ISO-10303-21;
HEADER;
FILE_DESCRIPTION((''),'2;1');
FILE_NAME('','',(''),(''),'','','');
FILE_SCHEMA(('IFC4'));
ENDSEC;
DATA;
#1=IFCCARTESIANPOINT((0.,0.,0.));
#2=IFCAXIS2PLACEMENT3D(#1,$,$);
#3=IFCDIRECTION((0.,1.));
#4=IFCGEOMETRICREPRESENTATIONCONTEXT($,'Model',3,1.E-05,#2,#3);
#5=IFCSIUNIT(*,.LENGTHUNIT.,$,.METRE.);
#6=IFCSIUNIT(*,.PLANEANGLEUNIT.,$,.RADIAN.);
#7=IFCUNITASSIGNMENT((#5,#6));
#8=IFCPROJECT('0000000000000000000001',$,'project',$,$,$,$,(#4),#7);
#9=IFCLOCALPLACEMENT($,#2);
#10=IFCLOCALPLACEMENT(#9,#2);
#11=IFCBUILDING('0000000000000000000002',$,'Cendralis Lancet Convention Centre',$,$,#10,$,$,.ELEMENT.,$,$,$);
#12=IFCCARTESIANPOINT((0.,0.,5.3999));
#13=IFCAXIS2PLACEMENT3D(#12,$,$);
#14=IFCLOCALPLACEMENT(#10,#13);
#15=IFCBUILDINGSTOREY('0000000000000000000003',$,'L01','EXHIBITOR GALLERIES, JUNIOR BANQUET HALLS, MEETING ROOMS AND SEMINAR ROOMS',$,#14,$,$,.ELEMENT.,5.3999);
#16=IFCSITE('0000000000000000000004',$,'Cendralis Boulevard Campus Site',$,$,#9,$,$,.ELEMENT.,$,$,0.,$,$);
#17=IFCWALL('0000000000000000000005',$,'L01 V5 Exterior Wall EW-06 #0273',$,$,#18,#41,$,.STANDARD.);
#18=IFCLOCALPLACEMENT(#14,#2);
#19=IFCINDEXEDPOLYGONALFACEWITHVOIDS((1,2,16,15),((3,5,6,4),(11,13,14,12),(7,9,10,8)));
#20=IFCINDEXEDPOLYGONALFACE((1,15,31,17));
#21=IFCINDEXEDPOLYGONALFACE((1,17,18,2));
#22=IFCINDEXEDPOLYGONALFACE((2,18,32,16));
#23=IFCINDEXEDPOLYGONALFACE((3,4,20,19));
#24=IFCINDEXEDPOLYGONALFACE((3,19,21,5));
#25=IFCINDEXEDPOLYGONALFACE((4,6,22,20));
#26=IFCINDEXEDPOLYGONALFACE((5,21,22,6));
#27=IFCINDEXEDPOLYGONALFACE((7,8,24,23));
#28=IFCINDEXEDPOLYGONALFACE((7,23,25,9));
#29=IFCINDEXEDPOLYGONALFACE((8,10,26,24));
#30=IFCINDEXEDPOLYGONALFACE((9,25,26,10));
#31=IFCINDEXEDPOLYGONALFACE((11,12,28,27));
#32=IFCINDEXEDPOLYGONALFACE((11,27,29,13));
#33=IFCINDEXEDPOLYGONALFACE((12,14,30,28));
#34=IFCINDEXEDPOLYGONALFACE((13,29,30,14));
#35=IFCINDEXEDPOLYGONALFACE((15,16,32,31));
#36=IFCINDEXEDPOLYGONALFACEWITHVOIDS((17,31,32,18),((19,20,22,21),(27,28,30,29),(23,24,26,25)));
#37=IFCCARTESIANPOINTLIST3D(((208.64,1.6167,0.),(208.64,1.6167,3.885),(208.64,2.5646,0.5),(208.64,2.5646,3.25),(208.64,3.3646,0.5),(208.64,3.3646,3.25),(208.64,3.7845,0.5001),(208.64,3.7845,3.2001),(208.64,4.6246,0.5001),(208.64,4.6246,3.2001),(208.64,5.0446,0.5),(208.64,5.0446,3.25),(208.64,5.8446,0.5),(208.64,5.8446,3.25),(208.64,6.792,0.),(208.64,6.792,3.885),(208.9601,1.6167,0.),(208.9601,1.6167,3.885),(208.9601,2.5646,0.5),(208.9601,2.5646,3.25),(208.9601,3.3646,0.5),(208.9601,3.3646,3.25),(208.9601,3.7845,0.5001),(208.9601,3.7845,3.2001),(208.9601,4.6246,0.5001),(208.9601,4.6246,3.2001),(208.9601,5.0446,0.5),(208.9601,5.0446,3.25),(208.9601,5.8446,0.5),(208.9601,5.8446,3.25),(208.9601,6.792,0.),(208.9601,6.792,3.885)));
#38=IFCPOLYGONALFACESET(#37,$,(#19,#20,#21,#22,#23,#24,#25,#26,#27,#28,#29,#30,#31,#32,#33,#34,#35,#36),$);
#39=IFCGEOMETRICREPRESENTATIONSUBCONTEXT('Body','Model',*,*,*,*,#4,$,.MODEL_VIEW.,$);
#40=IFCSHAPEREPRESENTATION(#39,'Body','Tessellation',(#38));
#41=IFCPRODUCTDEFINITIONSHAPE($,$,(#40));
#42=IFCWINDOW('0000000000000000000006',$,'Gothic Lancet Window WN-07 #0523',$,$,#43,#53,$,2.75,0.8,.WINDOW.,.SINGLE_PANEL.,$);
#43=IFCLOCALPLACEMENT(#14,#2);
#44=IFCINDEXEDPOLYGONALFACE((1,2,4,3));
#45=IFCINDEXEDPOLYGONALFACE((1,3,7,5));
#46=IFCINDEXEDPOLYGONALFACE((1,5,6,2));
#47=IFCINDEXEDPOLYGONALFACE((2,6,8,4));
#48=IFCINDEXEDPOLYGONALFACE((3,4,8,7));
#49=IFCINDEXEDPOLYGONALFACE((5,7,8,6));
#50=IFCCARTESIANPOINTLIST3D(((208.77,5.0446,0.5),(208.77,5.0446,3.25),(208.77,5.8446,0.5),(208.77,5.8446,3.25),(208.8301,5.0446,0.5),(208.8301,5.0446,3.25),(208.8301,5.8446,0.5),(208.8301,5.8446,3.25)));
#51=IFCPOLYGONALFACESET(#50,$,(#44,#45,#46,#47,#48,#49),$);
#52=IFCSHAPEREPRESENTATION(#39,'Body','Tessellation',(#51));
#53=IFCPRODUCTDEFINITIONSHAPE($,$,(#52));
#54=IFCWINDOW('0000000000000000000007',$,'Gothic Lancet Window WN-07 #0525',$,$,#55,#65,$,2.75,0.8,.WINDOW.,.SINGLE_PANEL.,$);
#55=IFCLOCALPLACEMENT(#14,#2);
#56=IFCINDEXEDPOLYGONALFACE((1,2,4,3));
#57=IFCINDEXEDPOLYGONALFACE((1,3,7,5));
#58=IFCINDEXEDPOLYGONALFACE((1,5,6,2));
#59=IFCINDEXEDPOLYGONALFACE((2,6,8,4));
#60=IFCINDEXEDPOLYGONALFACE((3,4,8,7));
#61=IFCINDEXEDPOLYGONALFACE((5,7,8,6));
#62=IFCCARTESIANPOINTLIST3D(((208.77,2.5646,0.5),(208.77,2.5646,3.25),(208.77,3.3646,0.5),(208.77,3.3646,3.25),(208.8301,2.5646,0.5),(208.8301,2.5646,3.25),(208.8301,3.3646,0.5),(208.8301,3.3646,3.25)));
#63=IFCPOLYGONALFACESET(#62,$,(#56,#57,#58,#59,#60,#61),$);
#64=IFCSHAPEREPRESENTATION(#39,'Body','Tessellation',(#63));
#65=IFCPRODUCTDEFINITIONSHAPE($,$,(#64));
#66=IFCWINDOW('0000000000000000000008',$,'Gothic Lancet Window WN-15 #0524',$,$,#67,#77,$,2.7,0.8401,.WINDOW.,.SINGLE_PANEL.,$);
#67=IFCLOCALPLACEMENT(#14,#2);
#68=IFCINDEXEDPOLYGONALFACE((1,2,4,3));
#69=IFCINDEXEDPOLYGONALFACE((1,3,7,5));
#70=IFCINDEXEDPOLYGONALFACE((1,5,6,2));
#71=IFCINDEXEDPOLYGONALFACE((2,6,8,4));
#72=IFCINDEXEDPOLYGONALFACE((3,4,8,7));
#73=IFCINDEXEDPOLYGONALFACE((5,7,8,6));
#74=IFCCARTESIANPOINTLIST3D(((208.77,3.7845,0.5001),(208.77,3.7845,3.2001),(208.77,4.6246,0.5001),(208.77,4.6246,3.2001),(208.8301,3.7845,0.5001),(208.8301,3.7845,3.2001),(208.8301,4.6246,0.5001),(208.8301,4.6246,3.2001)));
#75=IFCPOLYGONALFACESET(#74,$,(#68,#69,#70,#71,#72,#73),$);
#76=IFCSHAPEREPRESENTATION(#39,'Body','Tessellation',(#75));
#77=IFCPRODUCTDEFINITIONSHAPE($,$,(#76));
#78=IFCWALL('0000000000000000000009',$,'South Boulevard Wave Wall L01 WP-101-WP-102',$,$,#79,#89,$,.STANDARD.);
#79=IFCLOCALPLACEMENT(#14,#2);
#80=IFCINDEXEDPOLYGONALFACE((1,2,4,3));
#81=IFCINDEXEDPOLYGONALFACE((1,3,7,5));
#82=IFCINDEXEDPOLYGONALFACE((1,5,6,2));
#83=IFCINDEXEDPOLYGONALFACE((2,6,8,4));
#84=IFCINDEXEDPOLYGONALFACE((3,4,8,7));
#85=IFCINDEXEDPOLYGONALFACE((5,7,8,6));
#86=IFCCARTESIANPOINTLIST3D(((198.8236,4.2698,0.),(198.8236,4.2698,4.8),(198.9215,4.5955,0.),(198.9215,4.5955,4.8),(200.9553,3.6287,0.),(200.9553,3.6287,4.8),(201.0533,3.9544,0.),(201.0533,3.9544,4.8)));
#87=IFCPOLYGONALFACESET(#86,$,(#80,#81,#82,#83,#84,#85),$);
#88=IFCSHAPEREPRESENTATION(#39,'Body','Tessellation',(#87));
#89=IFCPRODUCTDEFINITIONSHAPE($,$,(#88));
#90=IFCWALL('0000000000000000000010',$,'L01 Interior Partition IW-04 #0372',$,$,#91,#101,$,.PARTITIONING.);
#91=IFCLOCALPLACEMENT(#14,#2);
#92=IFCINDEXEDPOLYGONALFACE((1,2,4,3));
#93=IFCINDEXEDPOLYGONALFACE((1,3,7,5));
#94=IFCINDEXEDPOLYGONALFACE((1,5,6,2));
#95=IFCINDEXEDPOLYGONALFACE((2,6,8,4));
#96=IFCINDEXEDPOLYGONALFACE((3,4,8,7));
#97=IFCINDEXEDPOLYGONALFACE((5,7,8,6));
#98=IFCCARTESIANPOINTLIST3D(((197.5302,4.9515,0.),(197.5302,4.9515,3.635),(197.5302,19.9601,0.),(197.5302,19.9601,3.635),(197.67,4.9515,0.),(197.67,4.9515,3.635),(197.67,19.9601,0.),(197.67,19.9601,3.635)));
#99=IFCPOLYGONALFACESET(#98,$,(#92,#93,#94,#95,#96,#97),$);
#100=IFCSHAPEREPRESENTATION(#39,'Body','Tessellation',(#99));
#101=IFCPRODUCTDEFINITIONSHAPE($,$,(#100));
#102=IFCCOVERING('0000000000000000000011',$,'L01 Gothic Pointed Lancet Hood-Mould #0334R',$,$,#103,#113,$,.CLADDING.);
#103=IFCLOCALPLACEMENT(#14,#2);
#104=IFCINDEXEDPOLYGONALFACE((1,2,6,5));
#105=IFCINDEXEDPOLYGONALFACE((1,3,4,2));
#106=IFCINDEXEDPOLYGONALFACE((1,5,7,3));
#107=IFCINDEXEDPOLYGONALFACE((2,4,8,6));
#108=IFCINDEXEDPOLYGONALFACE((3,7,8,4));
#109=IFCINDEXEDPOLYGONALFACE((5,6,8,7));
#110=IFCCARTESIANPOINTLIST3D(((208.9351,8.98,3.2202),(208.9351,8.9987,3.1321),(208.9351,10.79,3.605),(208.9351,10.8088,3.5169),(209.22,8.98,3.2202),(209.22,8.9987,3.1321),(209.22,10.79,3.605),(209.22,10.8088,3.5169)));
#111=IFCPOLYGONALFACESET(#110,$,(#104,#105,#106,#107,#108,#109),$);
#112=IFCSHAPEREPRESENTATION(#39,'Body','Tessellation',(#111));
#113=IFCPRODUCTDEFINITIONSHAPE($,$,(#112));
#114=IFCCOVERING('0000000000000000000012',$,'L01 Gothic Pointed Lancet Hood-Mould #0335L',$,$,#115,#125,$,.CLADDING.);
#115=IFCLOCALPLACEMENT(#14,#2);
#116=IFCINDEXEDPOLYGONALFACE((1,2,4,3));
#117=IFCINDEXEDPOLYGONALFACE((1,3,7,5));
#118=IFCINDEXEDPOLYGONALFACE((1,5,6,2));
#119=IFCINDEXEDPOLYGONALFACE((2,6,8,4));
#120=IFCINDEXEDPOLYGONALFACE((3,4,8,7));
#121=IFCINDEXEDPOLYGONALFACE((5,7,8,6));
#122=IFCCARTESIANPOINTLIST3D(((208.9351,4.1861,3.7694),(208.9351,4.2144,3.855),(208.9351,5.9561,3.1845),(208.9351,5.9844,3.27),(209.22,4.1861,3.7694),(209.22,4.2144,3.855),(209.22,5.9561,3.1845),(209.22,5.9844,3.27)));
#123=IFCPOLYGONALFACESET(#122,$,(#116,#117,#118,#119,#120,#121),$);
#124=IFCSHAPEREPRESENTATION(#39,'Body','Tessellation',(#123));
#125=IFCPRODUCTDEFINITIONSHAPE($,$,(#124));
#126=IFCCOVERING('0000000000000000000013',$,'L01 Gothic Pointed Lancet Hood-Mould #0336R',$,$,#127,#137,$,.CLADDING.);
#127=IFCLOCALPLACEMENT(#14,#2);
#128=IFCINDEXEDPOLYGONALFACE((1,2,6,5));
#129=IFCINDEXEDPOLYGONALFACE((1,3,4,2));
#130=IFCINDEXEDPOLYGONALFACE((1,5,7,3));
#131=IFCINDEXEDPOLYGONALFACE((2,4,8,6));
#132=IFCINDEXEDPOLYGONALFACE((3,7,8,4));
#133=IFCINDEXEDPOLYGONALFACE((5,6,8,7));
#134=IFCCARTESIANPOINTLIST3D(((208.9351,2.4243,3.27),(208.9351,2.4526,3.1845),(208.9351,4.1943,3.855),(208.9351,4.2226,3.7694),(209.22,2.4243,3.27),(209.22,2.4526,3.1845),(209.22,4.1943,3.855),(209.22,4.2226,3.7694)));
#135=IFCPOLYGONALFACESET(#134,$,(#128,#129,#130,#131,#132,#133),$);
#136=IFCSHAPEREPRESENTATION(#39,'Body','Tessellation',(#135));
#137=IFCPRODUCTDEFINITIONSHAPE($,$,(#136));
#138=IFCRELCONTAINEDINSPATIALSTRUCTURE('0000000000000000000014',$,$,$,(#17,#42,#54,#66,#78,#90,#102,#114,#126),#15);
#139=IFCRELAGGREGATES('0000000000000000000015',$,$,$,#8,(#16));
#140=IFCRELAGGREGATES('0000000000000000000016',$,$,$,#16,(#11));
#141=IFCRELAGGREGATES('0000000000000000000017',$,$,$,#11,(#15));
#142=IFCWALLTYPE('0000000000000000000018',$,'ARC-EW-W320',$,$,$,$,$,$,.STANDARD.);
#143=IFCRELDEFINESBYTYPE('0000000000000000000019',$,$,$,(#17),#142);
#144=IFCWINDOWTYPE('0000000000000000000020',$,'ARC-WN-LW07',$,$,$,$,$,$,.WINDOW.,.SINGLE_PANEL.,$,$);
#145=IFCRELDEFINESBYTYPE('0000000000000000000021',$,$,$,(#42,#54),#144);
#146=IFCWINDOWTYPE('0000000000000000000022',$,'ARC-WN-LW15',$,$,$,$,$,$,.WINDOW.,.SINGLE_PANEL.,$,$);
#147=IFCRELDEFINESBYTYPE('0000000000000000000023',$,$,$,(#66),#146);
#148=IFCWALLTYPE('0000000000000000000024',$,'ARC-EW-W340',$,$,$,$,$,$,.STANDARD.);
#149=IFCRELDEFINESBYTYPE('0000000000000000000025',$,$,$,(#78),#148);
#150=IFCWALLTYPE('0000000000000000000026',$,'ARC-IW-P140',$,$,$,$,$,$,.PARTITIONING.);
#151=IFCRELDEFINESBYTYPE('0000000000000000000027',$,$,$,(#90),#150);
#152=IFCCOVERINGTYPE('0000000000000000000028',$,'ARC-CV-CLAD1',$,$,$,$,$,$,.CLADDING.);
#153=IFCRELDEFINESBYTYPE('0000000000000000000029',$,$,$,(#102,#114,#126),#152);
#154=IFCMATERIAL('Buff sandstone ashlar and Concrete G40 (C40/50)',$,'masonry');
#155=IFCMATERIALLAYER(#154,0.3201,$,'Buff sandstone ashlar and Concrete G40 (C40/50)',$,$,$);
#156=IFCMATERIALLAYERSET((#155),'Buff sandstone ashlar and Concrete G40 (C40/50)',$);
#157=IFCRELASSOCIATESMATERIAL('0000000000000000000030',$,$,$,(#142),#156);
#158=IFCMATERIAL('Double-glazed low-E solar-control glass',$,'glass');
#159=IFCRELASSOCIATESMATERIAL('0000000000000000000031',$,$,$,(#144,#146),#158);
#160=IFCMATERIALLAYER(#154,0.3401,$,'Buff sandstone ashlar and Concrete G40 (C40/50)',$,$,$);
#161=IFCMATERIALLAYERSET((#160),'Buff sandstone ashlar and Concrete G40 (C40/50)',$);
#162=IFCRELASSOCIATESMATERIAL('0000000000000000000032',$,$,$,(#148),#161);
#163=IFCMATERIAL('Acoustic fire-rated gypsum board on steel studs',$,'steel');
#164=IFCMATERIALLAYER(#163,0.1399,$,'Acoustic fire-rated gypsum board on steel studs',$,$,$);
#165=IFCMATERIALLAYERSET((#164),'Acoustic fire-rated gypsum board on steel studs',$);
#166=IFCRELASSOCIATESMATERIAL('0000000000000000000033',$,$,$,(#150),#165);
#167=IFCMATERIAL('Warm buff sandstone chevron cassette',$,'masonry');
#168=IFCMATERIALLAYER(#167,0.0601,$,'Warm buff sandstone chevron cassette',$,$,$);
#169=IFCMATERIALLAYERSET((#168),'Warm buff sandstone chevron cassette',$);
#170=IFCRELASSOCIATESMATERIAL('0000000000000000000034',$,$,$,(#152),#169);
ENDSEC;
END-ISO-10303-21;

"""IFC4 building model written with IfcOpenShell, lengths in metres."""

from ifc_helpers import new_model, si_unit, direction, frame, frame_2d, origin, place, context, subcontext, project, spatial, polyline, rectangle, outline, extrude, material, layer, layer_set, type_object, element, fill, save


model = new_model("IFC4")

# Units and contexts
model_context = context("Model", 3, precision=1e-05, world=origin(), true_north=direction((0.0, 1.0)))
body_context = subcontext(model_context, "Body", "Model", "MODEL_VIEW")
ifc_project = project(units=[si_unit("LENGTHUNIT", "METRE"), si_unit("PLANEANGLEUNIT", "RADIAN")], contexts=[model_context])

# Site, building, storey
site_placement = place(None, origin())
site = spatial("IfcSite", under=ifc_project, at=site_placement, Name="Cendralis Boulevard Campus Site", CompositionType="ELEMENT", RefElevation=0.0)
building_placement = place(site_placement, origin())
building = spatial("IfcBuilding", under=site, at=building_placement, Name="Cendralis Lancet Convention Centre", CompositionType="ELEMENT")
storey_placement = place(building_placement, frame((0.0, 0.0, 5.3999)))
storey = spatial("IfcBuildingStorey", under=building, at=storey_placement, Name="L01", Description="EXHIBITOR GALLERIES, JUNIOR BANQUET HALLS, MEETING ROOMS AND SEMINAR ROOMS", CompositionType="ELEMENT", Elevation=5.3999)

# Wall, openings, windows
ifc_material_1 = material(Name="Buff sandstone ashlar and Concrete G40 (C40/50)", Category="masonry")
ifc_layer_1 = layer(ifc_material_1, 0.3201, Name="Buff sandstone ashlar and Concrete G40 (C40/50)")
ifc_layer_set_1 = layer_set([ifc_layer_1], Name="Buff sandstone ashlar and Concrete G40 (C40/50)")
wall_type_1 = type_object("IfcWallType", Name="ARC-EW-W320", PredefinedType="STANDARD", material=ifc_layer_set_1)
wall_1_placement = place(storey_placement, frame((208.8, 6.792, 0.0), z_axis=(0.0, 0.0, 1.0), x_axis=(0.0, -1.0, 0.0)))
wall_1 = element("IfcWall", 1, at=wall_1_placement, inside=storey, type_object=wall_type_1, Name="L01 V5 Exterior Wall EW-06 #0273", PredefinedType="STANDARD", context=body_context, shape_type="SweptSolid", body=[
    extrude(rectangle(XDim=5.1753, YDim=0.3201, at=frame_2d((2.5876, 0.0))), origin(), (0.0, 0.0, 1.0), 3.885),
])
opening_1_placement = place(wall_1_placement, frame((0.9475, 0.0, 0.5)))
opening_1 = element("IfcOpeningElement", 2, at=opening_1_placement, cuts=wall_1, PredefinedType="OPENING", context=body_context, shape_type="SweptSolid", body=[
    extrude(rectangle(XDim=0.8, YDim=2.75, at=frame_2d((0.3999, 1.375))), frame((0.0, 0.1699, 0.0), z_axis=(0.0, -1.0, 0.0), x_axis=(1.0, 0.0, 0.0)), (0.0, 0.0, 1.0), 0.3401),
])
opening_2_placement = place(wall_1_placement, frame((2.1675, 0.0, 0.5)))
opening_2 = element("IfcOpeningElement", 3, at=opening_2_placement, cuts=wall_1, PredefinedType="OPENING", context=body_context, shape_type="SweptSolid", body=[
    extrude(rectangle(XDim=0.8401, YDim=2.7, at=frame_2d((0.4199, 1.3501))), frame((0.0, 0.1699, 0.0), z_axis=(0.0, -1.0, 0.0), x_axis=(1.0, 0.0, 0.0)), (0.0, 0.0, 1.0), 0.3401),
])
opening_3_placement = place(wall_1_placement, frame((3.4275, 0.0, 0.5)))
opening_3 = element("IfcOpeningElement", 4, at=opening_3_placement, cuts=wall_1, PredefinedType="OPENING", context=body_context, shape_type="SweptSolid", body=[
    extrude(rectangle(XDim=0.8, YDim=2.75, at=frame_2d((0.3999, 1.375))), frame((0.0, 0.1699, 0.0), z_axis=(0.0, -1.0, 0.0), x_axis=(1.0, 0.0, 0.0)), (0.0, 0.0, 1.0), 0.3401),
])
ifc_material_2 = material(Name="Double-glazed low-E solar-control glass", Category="glass")
window_type_1 = type_object("IfcWindowType", Name="ARC-WN-LW07", PartitioningType="SINGLE_PANEL", PredefinedType="WINDOW", material=ifc_material_2)
window_1_placement = place(opening_1_placement, origin())
window_1 = element("IfcWindow", 5, at=window_1_placement, inside=storey, type_object=window_type_1, Name="Gothic Lancet Window WN-07 #0523", OverallHeight=2.75, OverallWidth=0.8, PartitioningType="SINGLE_PANEL", PredefinedType="WINDOW", context=body_context, shape_type="SweptSolid", body=[
    extrude(rectangle(XDim=0.8, YDim=2.75, at=frame_2d((0.3999, 1.375))), frame((0.0, 0.03, 0.0), z_axis=(0.0, -1.0, 0.0), x_axis=(1.0, 0.0, 0.0)), (0.0, 0.0, 1.0), 0.0601),
])
fill(opening_1, window_1)
window_2_placement = place(opening_3_placement, origin())
window_2 = element("IfcWindow", 6, at=window_2_placement, inside=storey, type_object=window_type_1, Name="Gothic Lancet Window WN-07 #0525", OverallHeight=2.75, OverallWidth=0.8, PartitioningType="SINGLE_PANEL", PredefinedType="WINDOW", context=body_context, shape_type="SweptSolid", body=[
    extrude(rectangle(XDim=0.8, YDim=2.75, at=frame_2d((0.3999, 1.375))), frame((0.0, 0.03, 0.0), z_axis=(0.0, -1.0, 0.0), x_axis=(1.0, 0.0, 0.0)), (0.0, 0.0, 1.0), 0.0601),
])
fill(opening_3, window_2)
window_type_2 = type_object("IfcWindowType", Name="ARC-WN-LW15", PartitioningType="SINGLE_PANEL", PredefinedType="WINDOW", material=ifc_material_2)
window_3_placement = place(opening_2_placement, origin())
window_3 = element("IfcWindow", 7, at=window_3_placement, inside=storey, type_object=window_type_2, Name="Gothic Lancet Window WN-15 #0524", OverallHeight=2.7, OverallWidth=0.8401, PartitioningType="SINGLE_PANEL", PredefinedType="WINDOW", context=body_context, shape_type="SweptSolid", body=[
    extrude(rectangle(XDim=0.8401, YDim=2.7, at=frame_2d((0.4199, 1.3501))), frame((0.0, 0.03, 0.0), z_axis=(0.0, -1.0, 0.0), x_axis=(1.0, 0.0, 0.0)), (0.0, 0.0, 1.0), 0.0601),
])
fill(opening_2, window_3)

# Walls
ifc_layer_2 = layer(ifc_material_1, 0.3401, Name="Buff sandstone ashlar and Concrete G40 (C40/50)")
ifc_layer_set_2 = layer_set([ifc_layer_2], Name="Buff sandstone ashlar and Concrete G40 (C40/50)")
wall_type_2 = type_object("IfcWallType", Name="ARC-EW-W340", PredefinedType="STANDARD", material=ifc_layer_set_2)
wall_2_placement = place(storey_placement, frame((198.8726, 4.4326, 0.0), z_axis=(0.0, 0.0, 1.0), x_axis=(0.957633, -0.287992, 0.0)))
element("IfcWall", 8, at=wall_2_placement, inside=storey, type_object=wall_type_2, Name="South Boulevard Wave Wall L01 WP-101-WP-102", PredefinedType="STANDARD", context=body_context, shape_type="SweptSolid", body=[
    extrude(rectangle(XDim=2.2261, YDim=0.3401, at=frame_2d((1.113, 0.0))), origin(), (0.0, 0.0, 1.0), 4.8),
])
ifc_material_3 = material(Name="Acoustic fire-rated gypsum board on steel studs", Category="steel")
ifc_layer_3 = layer(ifc_material_3, 0.1399, Name="Acoustic fire-rated gypsum board on steel studs")
ifc_layer_set_3 = layer_set([ifc_layer_3], Name="Acoustic fire-rated gypsum board on steel studs")
wall_type_3 = type_object("IfcWallType", Name="ARC-IW-P140", PredefinedType="PARTITIONING", material=ifc_layer_set_3)
wall_3_placement = place(storey_placement, frame((197.6001, 4.9514, 0.0), z_axis=(0.0, 0.0, 1.0), x_axis=(0.0, 1.0, 0.0)))
element("IfcWall", 9, at=wall_3_placement, inside=storey, type_object=wall_type_3, Name="L01 Interior Partition IW-04 #0372", PredefinedType="PARTITIONING", context=body_context, shape_type="SweptSolid", body=[
    extrude(rectangle(XDim=15.0085, YDim=0.1399, at=frame_2d((7.5044, 0.0))), origin(), (0.0, 0.0, 1.0), 3.635),
])

# Coverings
ifc_material_4 = material(Name="Warm buff sandstone chevron cassette", Category="masonry")
ifc_layer_4 = layer(ifc_material_4, 0.0601, Name="Warm buff sandstone chevron cassette")
ifc_layer_set_4 = layer_set([ifc_layer_4], Name="Warm buff sandstone chevron cassette")
covering_type = type_object("IfcCoveringType", Name="ARC-CV-CLAD1", PredefinedType="CLADDING", material=ifc_layer_set_4)
covering_placement = place(storey_placement, frame((209.22, 10.79, 3.605), z_axis=(0.0, -0.207925, 0.978145), x_axis=(-1.0, 0.0, 0.0)))
element("IfcCovering", 10, at=covering_placement, inside=storey, type_object=covering_type, Name="L01 Gothic Pointed Lancet Hood-Mould #0334R", PredefinedType="CLADDING", context=body_context, shape_type="SweptSolid", body=[
    extrude(outline(polyline([(0.0, 0.0), (0.2849, 0.0), (0.2849, 1.8505), (0.0, 1.8505), (0.0, 0.0)])), origin(), (0.0, 0.0, -1.0), 0.0901),
])
for number, where, z_axis, x_axis, name in (
    (11, (209.22, 5.9844, 3.27), (0.0, 0.313791, 0.949492), (-1.0, 0.0, 0.0), "L01 Gothic Pointed Lancet Hood-Mould #0335L"),
    (12, (209.22, 4.1943, 3.855), (0.0, -0.313791, 0.949492), (-1.0, 0.0, 0.0), "L01 Gothic Pointed Lancet Hood-Mould #0336R"),
):
    element("IfcCovering", number, at=place(storey_placement, frame(where, z_axis=z_axis, x_axis=x_axis)), inside=storey, type_object=covering_type, Name=name, PredefinedType="CLADDING", context=body_context, shape_type="SweptSolid", body=[
        extrude(outline(polyline([(0.0, 0.0), (0.2849, 0.0), (0.2849, 1.8642), (0.0, 1.8642), (0.0, 0.0)])), origin(), (0.0, 0.0, -1.0), 0.0901),
    ])

save(model, "model.ifc")
